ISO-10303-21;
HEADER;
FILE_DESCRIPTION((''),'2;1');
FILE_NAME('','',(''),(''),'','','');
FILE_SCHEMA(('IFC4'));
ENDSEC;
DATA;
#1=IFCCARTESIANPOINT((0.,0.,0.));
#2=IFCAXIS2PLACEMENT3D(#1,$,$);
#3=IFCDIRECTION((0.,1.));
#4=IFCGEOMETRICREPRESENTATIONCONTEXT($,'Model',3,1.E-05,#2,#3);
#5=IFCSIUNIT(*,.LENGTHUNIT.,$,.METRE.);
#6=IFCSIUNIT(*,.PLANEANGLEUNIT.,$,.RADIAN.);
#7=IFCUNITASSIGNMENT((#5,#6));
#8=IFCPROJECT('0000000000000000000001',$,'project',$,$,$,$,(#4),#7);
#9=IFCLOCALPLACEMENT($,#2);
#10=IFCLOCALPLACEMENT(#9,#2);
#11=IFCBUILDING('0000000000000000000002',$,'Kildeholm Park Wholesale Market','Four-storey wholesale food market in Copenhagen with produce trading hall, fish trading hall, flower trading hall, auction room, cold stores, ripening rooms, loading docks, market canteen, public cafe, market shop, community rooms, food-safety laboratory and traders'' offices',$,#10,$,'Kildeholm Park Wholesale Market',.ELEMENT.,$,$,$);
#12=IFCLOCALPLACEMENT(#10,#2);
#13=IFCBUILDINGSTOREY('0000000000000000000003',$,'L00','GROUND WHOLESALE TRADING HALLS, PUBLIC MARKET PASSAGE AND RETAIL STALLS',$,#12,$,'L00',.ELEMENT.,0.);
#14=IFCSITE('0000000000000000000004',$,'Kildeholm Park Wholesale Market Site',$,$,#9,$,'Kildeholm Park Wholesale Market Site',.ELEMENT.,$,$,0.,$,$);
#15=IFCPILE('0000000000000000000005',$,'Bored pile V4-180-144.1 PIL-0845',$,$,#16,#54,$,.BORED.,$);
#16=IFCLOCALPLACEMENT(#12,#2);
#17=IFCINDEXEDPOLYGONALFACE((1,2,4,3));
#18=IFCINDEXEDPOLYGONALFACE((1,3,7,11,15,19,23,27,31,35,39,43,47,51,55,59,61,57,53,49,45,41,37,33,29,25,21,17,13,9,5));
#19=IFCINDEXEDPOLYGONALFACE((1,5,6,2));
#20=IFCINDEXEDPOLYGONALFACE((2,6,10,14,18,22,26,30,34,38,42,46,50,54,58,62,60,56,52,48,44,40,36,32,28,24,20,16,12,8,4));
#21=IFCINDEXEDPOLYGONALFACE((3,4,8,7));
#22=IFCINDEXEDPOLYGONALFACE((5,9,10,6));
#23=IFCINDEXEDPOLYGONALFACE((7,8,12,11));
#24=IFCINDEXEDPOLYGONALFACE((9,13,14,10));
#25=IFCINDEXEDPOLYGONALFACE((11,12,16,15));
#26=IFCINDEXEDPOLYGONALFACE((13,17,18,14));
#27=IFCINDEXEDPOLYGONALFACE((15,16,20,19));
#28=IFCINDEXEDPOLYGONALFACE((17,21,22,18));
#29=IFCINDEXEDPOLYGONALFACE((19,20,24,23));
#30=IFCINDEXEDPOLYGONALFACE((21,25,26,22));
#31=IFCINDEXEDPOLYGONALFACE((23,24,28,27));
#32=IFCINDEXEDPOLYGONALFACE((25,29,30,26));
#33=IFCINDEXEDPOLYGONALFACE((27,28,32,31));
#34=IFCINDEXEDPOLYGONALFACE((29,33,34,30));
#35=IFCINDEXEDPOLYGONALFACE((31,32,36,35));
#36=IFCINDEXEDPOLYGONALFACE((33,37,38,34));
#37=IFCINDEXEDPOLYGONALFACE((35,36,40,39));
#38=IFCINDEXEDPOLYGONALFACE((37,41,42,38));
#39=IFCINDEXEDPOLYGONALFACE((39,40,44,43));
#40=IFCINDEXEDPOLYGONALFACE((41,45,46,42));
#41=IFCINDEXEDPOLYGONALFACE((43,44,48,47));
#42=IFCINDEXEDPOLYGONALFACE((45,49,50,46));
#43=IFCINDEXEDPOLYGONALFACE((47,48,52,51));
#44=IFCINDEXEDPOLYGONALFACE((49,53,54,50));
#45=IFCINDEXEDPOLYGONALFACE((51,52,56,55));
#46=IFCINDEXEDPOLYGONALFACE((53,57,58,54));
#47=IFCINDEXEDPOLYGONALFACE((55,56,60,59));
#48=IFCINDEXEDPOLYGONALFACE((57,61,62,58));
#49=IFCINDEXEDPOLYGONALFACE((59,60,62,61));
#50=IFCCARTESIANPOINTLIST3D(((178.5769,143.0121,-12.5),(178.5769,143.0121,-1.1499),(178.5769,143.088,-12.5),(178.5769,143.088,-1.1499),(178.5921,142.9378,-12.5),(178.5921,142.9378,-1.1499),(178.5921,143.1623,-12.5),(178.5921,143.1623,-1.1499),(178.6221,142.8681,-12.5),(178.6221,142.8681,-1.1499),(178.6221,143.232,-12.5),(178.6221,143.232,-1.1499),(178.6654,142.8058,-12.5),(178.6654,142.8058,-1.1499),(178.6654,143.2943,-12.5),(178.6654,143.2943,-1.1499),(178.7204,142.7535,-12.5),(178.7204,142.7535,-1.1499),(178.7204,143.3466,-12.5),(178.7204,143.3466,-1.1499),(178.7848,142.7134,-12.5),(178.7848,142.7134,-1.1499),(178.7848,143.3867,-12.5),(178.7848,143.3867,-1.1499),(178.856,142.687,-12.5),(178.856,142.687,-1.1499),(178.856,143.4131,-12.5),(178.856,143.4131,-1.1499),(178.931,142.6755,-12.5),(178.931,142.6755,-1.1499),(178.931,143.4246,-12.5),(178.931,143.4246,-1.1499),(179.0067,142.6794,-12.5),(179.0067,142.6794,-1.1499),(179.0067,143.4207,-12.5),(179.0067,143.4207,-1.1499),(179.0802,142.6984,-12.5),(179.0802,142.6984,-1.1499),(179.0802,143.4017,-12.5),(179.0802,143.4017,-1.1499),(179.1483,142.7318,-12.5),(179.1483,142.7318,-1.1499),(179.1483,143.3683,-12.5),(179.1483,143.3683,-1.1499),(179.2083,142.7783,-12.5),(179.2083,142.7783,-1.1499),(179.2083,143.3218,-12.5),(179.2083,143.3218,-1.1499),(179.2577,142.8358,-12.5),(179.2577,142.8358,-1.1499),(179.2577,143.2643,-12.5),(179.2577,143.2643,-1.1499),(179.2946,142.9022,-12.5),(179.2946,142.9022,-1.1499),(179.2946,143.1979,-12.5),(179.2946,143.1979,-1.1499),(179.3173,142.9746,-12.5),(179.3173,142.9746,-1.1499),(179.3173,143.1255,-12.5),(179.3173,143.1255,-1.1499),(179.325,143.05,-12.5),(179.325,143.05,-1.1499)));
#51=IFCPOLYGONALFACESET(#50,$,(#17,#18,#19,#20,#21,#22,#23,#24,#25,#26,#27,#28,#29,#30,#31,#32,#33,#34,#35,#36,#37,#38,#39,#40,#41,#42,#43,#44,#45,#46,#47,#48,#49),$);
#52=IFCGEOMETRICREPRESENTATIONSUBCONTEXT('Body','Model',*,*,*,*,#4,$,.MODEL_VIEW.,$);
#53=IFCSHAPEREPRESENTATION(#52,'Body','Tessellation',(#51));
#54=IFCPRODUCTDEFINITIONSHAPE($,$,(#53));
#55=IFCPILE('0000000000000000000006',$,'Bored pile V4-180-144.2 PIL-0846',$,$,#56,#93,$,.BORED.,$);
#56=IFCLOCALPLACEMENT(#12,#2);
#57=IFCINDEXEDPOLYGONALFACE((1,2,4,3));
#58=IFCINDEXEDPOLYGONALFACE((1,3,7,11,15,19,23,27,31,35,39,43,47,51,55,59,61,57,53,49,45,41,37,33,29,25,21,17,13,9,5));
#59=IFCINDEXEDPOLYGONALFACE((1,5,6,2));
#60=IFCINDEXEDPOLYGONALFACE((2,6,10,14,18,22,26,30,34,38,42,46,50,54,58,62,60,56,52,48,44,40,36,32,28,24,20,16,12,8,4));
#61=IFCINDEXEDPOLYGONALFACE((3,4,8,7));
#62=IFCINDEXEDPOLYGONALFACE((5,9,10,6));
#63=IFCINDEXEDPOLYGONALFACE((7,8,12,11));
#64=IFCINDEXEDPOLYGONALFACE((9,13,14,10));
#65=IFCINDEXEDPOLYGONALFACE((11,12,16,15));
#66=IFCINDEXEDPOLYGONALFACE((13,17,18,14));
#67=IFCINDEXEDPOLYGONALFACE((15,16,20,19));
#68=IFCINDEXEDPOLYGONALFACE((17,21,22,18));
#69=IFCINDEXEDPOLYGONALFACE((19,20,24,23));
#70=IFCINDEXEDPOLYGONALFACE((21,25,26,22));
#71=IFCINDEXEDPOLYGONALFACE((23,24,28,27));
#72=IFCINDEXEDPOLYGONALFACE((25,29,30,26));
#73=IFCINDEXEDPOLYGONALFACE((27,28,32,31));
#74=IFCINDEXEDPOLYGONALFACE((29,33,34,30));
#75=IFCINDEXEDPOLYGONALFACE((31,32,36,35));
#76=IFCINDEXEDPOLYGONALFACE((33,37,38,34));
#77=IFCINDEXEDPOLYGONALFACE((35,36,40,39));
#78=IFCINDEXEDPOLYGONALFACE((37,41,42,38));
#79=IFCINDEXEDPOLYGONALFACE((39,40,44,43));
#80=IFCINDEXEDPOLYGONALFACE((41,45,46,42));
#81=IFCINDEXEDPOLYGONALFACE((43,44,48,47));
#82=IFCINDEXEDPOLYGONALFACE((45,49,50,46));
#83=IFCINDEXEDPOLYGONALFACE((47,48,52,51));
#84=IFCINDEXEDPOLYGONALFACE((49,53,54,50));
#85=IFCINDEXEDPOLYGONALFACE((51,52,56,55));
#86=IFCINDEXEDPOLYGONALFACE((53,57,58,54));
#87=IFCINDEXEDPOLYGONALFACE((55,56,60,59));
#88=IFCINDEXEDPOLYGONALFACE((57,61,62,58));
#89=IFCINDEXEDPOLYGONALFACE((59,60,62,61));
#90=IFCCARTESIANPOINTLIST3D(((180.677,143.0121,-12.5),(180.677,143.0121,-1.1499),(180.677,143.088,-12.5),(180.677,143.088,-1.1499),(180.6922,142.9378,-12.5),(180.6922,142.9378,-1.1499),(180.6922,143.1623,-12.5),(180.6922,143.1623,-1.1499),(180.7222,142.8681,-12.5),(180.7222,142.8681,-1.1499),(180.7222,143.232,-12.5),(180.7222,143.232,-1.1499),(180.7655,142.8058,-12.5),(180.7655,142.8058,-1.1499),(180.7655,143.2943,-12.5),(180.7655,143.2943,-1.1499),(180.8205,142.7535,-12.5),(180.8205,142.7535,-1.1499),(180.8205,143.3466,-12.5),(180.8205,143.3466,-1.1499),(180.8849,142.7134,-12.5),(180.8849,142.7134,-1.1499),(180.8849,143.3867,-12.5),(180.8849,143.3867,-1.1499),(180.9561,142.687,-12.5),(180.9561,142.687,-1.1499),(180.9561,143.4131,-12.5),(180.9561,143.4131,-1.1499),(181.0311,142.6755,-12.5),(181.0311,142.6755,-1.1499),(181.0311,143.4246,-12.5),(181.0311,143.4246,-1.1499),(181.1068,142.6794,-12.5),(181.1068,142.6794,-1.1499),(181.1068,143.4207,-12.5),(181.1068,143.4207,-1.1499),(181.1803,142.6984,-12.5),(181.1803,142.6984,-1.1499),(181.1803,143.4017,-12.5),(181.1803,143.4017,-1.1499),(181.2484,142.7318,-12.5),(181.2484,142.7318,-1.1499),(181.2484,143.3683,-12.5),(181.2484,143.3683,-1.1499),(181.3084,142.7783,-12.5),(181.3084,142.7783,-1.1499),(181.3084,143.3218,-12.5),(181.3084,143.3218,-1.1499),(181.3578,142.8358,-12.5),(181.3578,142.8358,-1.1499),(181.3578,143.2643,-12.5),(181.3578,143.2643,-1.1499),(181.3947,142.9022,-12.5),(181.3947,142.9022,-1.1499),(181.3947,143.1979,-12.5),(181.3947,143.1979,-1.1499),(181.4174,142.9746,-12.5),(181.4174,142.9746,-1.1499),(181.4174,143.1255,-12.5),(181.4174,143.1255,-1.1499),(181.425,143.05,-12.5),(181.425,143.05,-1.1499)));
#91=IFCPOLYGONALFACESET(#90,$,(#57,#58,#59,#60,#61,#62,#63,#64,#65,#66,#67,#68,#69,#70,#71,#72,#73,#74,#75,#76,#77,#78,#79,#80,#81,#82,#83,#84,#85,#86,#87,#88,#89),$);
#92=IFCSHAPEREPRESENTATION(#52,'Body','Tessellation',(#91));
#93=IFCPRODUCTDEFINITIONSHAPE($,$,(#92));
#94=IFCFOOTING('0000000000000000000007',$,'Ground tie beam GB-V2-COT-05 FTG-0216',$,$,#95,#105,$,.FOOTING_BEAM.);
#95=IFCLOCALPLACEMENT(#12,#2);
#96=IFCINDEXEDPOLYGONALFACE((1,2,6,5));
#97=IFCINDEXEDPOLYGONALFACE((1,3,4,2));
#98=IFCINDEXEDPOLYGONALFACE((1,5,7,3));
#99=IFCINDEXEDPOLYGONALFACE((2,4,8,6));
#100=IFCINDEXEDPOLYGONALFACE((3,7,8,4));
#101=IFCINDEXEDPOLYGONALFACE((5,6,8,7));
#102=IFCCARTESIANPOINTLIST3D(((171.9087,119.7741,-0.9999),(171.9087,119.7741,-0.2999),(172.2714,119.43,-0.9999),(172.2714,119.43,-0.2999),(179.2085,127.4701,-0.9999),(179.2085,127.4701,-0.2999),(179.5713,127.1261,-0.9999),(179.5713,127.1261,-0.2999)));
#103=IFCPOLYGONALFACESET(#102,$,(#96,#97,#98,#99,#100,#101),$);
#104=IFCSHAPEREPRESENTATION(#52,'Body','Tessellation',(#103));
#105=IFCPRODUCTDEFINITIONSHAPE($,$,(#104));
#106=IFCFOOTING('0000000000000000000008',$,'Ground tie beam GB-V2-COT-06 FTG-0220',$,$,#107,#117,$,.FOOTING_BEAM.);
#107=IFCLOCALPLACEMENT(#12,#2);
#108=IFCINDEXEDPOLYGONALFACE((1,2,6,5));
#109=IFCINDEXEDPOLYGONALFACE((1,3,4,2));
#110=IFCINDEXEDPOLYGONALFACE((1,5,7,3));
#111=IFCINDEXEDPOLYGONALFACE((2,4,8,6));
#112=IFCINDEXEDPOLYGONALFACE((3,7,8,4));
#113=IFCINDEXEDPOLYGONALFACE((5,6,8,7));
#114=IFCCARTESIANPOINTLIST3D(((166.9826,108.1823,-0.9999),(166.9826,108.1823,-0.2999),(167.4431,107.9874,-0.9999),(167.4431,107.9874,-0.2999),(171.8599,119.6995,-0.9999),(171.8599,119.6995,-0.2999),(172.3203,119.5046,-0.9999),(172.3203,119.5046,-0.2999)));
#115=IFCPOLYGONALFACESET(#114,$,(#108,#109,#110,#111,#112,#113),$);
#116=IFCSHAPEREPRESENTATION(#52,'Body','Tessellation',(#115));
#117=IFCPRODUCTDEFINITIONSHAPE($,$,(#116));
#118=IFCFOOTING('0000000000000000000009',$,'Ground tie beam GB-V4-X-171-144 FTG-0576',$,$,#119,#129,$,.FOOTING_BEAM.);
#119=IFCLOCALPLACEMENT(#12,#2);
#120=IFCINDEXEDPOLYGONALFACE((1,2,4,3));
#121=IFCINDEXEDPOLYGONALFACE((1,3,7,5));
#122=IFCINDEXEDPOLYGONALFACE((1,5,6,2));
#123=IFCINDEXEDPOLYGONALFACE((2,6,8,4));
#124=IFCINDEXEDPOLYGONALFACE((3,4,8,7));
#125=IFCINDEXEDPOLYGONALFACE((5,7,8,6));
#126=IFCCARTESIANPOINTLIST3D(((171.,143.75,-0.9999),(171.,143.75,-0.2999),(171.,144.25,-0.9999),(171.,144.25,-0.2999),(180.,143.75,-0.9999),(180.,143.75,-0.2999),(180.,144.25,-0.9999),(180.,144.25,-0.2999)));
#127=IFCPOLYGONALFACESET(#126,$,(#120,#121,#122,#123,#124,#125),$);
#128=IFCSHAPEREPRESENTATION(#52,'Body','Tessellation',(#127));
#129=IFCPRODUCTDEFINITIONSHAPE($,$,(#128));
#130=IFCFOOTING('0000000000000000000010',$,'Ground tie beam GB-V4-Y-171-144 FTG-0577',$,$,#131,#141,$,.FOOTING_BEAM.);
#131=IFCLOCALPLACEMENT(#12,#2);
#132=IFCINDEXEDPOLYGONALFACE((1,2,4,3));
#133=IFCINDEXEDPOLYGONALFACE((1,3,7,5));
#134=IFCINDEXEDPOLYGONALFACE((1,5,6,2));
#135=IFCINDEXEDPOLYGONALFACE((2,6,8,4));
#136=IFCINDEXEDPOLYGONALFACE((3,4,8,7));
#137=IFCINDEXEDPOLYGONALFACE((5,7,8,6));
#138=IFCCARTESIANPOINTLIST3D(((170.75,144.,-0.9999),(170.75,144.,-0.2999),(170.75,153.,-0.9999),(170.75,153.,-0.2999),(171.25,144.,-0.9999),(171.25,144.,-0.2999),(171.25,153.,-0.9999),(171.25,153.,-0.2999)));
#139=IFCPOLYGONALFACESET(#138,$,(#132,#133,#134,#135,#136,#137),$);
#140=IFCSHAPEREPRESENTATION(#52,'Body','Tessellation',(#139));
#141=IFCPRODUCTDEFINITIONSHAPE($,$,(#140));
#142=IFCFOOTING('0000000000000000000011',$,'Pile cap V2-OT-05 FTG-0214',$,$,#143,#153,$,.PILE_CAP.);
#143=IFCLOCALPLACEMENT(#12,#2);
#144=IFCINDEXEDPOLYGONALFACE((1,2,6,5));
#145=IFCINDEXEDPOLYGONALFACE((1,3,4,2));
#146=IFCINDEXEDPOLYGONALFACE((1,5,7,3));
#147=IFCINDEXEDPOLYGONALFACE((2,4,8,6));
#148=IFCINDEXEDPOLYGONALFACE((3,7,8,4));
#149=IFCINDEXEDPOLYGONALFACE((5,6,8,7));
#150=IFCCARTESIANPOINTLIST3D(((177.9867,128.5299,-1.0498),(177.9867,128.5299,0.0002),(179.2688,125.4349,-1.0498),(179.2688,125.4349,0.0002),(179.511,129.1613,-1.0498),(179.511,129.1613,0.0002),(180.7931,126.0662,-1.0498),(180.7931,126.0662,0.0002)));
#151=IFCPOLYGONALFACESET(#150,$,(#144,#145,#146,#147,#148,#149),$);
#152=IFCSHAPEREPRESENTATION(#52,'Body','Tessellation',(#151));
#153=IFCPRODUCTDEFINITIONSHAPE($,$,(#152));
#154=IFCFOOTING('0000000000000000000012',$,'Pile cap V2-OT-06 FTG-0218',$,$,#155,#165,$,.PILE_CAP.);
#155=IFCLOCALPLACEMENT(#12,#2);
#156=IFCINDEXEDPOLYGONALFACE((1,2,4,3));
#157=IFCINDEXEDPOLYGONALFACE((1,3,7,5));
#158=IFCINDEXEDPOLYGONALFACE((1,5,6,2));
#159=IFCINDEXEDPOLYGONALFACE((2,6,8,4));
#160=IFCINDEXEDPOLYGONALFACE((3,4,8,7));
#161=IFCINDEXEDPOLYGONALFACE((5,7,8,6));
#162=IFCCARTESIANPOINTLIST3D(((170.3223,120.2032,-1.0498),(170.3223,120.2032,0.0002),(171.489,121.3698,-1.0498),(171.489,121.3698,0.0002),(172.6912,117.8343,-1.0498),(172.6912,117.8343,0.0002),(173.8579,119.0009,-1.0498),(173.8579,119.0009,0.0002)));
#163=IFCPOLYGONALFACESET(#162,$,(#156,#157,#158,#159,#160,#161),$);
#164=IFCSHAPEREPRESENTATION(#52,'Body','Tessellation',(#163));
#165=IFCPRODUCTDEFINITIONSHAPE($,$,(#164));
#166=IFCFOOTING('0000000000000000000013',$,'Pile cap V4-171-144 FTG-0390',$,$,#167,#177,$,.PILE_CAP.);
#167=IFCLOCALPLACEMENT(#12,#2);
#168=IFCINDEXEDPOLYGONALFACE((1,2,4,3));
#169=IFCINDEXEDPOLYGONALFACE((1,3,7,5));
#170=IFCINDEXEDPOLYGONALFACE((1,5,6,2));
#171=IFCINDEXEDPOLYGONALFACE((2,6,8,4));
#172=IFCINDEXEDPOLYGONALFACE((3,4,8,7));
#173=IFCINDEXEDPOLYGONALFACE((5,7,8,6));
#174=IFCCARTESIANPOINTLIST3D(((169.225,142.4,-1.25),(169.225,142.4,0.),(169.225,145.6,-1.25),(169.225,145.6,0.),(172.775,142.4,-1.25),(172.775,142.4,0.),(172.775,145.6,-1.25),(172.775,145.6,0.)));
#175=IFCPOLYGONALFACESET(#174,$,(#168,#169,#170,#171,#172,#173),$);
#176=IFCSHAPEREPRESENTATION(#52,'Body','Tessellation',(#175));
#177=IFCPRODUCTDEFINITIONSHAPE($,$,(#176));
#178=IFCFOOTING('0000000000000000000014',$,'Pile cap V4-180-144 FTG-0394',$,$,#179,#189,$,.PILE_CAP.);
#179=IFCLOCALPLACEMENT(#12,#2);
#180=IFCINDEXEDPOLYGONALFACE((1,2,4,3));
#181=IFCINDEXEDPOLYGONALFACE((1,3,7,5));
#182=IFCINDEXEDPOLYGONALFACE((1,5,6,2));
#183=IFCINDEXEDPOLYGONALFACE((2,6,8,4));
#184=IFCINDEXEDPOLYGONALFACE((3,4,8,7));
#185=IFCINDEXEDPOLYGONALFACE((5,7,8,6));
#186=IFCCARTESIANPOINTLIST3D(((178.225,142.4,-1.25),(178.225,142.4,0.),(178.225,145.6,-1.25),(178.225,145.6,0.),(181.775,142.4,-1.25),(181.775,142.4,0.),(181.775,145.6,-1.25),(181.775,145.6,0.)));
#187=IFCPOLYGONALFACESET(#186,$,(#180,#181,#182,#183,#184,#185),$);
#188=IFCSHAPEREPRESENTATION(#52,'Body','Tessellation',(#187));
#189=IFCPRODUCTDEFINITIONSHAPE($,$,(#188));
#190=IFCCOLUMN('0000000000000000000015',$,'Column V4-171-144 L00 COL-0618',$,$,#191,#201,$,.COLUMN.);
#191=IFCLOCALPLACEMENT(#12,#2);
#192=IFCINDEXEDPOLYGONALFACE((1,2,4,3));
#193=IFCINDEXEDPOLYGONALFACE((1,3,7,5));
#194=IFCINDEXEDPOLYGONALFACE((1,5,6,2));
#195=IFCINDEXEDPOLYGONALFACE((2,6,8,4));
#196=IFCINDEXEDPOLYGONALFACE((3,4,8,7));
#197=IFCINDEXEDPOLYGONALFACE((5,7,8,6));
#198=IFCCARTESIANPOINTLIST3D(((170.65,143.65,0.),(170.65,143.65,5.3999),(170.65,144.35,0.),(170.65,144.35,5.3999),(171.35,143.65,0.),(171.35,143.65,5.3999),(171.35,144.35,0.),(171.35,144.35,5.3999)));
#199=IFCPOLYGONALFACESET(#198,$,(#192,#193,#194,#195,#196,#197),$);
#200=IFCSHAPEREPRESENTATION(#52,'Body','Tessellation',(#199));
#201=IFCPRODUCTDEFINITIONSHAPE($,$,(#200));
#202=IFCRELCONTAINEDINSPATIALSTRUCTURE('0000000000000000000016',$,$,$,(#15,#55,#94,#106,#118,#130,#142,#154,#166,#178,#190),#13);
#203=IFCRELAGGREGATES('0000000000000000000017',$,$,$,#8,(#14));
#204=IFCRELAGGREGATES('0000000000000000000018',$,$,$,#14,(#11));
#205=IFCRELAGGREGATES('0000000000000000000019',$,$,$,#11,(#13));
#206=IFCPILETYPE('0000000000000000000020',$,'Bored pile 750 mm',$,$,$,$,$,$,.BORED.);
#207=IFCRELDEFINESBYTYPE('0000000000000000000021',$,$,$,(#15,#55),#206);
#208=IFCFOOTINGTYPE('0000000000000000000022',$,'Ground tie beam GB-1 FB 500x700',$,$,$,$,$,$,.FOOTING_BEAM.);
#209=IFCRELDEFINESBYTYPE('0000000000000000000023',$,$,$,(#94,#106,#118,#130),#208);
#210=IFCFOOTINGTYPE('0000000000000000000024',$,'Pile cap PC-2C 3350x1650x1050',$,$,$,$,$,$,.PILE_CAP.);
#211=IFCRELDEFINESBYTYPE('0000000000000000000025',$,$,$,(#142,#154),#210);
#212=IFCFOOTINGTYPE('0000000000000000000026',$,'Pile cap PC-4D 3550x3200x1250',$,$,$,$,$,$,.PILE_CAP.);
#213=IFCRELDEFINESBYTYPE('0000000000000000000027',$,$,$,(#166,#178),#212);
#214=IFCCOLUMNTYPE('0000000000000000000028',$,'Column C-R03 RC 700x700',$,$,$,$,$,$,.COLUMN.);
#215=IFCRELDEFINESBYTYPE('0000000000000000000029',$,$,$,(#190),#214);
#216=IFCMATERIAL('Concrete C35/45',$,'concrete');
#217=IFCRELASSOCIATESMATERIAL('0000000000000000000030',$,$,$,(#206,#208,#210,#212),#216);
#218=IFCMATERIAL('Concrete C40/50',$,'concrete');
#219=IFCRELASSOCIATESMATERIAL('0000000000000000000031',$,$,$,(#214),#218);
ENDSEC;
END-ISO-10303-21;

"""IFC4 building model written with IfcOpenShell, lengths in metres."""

from ifc_helpers import new_model, si_unit, direction, frame, origin, origin_2d, place, context, subcontext, project, spatial, rectangle, circle, extrude, material, material_profile, profile_set, type_object, element, save


model = new_model("IFC4")

# Units and contexts
model_context = context("Model", 3, precision=1e-05, world=origin(), true_north=direction((0.0, 1.0)))
body_context = subcontext(model_context, "Body", "Model", "MODEL_VIEW")
ifc_project = project(units=[si_unit("LENGTHUNIT", "METRE"), si_unit("PLANEANGLEUNIT", "RADIAN")], contexts=[model_context])

# Site, building, storey
site_placement = place(None, origin())
site = spatial("IfcSite", under=ifc_project, at=site_placement, Name="Kildeholm Park Wholesale Market Site", LongName="Kildeholm Park Wholesale Market Site", CompositionType="ELEMENT", RefElevation=0.0)
building_placement = place(site_placement, origin())
building = spatial("IfcBuilding", under=site, at=building_placement, Name="Kildeholm Park Wholesale Market", Description="Four-storey wholesale food market in Copenhagen with produce trading hall, fish trading hall, flower trading hall, auction room, cold stores, ripening rooms, loading docks, market canteen, public cafe, market shop, community rooms, food-safety laboratory and traders' offices", LongName="Kildeholm Park Wholesale Market", CompositionType="ELEMENT")
storey_placement = place(building_placement, origin())
storey = spatial("IfcBuildingStorey", under=building, at=storey_placement, Name="L00", Description="GROUND WHOLESALE TRADING HALLS, PUBLIC MARKET PASSAGE AND RETAIL STALLS", LongName="L00", CompositionType="ELEMENT", Elevation=0.0)

# Piles
ifc_material_1 = material(Name="Concrete C35/45", Category="concrete")
ifc_material_profile_1 = material_profile(ifc_material_1, circle(Radius=0.375, at=origin_2d()), Name="PILE D750")
ifc_profile_set_1 = profile_set([ifc_material_profile_1], Name="Concrete C35/45")
pile_type = type_object("IfcPileType", Name="Bored pile 750 mm", PredefinedType="BORED", material=ifc_profile_set_1)
for number, where, z_axis, x_axis, name in (
    (1, (178.95, 143.05, -1.1499), (0.0, 0.0, -1.0), (1.0, 0.0, 0.0), "Bored pile V4-180-144.1 PIL-0845"),
    (2, (181.05, 143.05, -1.1499), (0.0, 0.0, -1.0), (1.0, 0.0, 0.0), "Bored pile V4-180-144.2 PIL-0846"),
):
    element("IfcPile", number, at=place(storey_placement, frame(where, z_axis=z_axis, x_axis=x_axis)), inside=storey, type_object=pile_type, Name=name, PredefinedType="BORED", context=body_context, shape_type="SweptSolid", body=[
        extrude(circle(Radius=0.375, at=origin_2d()), origin(), (0.0, 0.0, 1.0), 11.3501),
    ])

# Footings
ifc_material_profile_2 = material_profile(ifc_material_1, rectangle(XDim=0.5, YDim=0.7, at=origin_2d()), Name="FB 500x700")
ifc_profile_set_2 = profile_set([ifc_material_profile_2], Name="Concrete C35/45")
footing_type_1 = type_object("IfcFootingType", Name="Ground tie beam GB-1 FB 500x700", PredefinedType="FOOTING_BEAM", material=ifc_profile_set_2)
footing_1_placement = place(storey_placement, frame((179.3899, 127.2981, -0.6499), z_axis=(-0.688182, -0.725538, 0.0), x_axis=(0.725538, -0.688182, 0.0)))
element("IfcFooting", 3, at=footing_1_placement, inside=storey, type_object=footing_type_1, Name="Ground tie beam GB-V2-COT-05 FTG-0216", PredefinedType="FOOTING_BEAM", context=body_context, shape_type="SweptSolid", body=[
    extrude(rectangle(XDim=0.5, YDim=0.7, at=origin_2d()), origin(), (0.0, 0.0, 1.0), 10.6074),
])
footing_2_placement = place(storey_placement, frame((172.0901, 119.6021, -0.6499), z_axis=(-0.389951, -0.920836, 0.0), x_axis=(0.920836, -0.389951, 0.0)))
element("IfcFooting", 4, at=footing_2_placement, inside=storey, type_object=footing_type_1, Name="Ground tie beam GB-V2-COT-06 FTG-0220", PredefinedType="FOOTING_BEAM", context=body_context, shape_type="SweptSolid", body=[
    extrude(rectangle(XDim=0.5, YDim=0.7, at=origin_2d()), origin(), (0.0, 0.0, 1.0), 12.5073),
])
for number, where, z_axis, x_axis, name in (
    (5, (171.0, 144.0, -0.6499), (1.0, 0.0, 0.0), (0.0, 1.0, 0.0), "Ground tie beam GB-V4-X-171-144 FTG-0576"),
    (6, (171.0, 144.0, -0.6499), (0.0, 1.0, 0.0), (-1.0, 0.0, 0.0), "Ground tie beam GB-V4-Y-171-144 FTG-0577"),
):
    element("IfcFooting", number, at=place(storey_placement, frame(where, z_axis=z_axis, x_axis=x_axis)), inside=storey, type_object=footing_type_1, Name=name, PredefinedType="FOOTING_BEAM", context=body_context, shape_type="SweptSolid", body=[
        extrude(rectangle(XDim=0.5, YDim=0.7, at=origin_2d()), origin(), (0.0, 0.0, 1.0), 9.0),
    ])
footing_type_2 = type_object("IfcFootingType", Name="Pile cap PC-2C 3350x1650x1050", PredefinedType="PILE_CAP", material=ifc_material_1)
for number, where, z_axis, x_axis, name in (
    (7, (179.3899, 127.2981, -1.0498), (0.0, 0.0, 1.0), (-0.382683, 0.92388, 0.0), "Pile cap V2-OT-05 FTG-0214"),
    (8, (172.0901, 119.6021, -1.0498), (0.0, 0.0, 1.0), (-0.707107, 0.707107, 0.0), "Pile cap V2-OT-06 FTG-0218"),
):
    element("IfcFooting", number, at=place(storey_placement, frame(where, z_axis=z_axis, x_axis=x_axis)), inside=storey, type_object=footing_type_2, Name=name, PredefinedType="PILE_CAP", context=body_context, shape_type="SweptSolid", body=[
        extrude(rectangle(XDim=3.3501, YDim=1.6499, at=origin_2d()), origin(), (0.0, 0.0, 1.0), 1.05),
    ])
footing_type_3 = type_object("IfcFootingType", Name="Pile cap PC-4D 3550x3200x1250", PredefinedType="PILE_CAP", material=ifc_material_1)
for number, where, z_axis, x_axis, name in (
    (9, (171.0, 144.0, -1.25), (0.0, 0.0, 1.0), (1.0, 0.0, 0.0), "Pile cap V4-171-144 FTG-0390"),
    (10, (180.0, 144.0, -1.25), (0.0, 0.0, 1.0), (1.0, 0.0, 0.0), "Pile cap V4-180-144 FTG-0394"),
):
    element("IfcFooting", number, at=place(storey_placement, frame(where, z_axis=z_axis, x_axis=x_axis)), inside=storey, type_object=footing_type_3, Name=name, PredefinedType="PILE_CAP", context=body_context, shape_type="SweptSolid", body=[
        extrude(rectangle(XDim=3.55, YDim=3.2, at=origin_2d()), origin(), (0.0, 0.0, 1.0), 1.25),
    ])

# Column
ifc_material_2 = material(Name="Concrete C40/50", Category="concrete")
ifc_material_profile_3 = material_profile(ifc_material_2, rectangle(XDim=0.7, YDim=0.7, at=origin_2d()), Name="RC 700x700")
ifc_profile_set_3 = profile_set([ifc_material_profile_3], Name="Concrete C40/50")
column_type_1 = type_object("IfcColumnType", Name="Column C-R03 RC 700x700", PredefinedType="COLUMN", material=ifc_profile_set_3)
column_1_placement = place(storey_placement, frame((171.0, 144.0, 0.0), z_axis=(0.0, 0.0, 1.0), x_axis=(1.0, 0.0, 0.0)))
element("IfcColumn", 11, at=column_1_placement, inside=storey, type_object=column_type_1, Name="Column V4-171-144 L00 COL-0618", PredefinedType="COLUMN", context=body_context, shape_type="SweptSolid", body=[
    extrude(rectangle(XDim=0.7, YDim=0.7, at=origin_2d()), origin(), (0.0, 0.0, 1.0), 5.3999),
])

save(model, "model.ifc")
